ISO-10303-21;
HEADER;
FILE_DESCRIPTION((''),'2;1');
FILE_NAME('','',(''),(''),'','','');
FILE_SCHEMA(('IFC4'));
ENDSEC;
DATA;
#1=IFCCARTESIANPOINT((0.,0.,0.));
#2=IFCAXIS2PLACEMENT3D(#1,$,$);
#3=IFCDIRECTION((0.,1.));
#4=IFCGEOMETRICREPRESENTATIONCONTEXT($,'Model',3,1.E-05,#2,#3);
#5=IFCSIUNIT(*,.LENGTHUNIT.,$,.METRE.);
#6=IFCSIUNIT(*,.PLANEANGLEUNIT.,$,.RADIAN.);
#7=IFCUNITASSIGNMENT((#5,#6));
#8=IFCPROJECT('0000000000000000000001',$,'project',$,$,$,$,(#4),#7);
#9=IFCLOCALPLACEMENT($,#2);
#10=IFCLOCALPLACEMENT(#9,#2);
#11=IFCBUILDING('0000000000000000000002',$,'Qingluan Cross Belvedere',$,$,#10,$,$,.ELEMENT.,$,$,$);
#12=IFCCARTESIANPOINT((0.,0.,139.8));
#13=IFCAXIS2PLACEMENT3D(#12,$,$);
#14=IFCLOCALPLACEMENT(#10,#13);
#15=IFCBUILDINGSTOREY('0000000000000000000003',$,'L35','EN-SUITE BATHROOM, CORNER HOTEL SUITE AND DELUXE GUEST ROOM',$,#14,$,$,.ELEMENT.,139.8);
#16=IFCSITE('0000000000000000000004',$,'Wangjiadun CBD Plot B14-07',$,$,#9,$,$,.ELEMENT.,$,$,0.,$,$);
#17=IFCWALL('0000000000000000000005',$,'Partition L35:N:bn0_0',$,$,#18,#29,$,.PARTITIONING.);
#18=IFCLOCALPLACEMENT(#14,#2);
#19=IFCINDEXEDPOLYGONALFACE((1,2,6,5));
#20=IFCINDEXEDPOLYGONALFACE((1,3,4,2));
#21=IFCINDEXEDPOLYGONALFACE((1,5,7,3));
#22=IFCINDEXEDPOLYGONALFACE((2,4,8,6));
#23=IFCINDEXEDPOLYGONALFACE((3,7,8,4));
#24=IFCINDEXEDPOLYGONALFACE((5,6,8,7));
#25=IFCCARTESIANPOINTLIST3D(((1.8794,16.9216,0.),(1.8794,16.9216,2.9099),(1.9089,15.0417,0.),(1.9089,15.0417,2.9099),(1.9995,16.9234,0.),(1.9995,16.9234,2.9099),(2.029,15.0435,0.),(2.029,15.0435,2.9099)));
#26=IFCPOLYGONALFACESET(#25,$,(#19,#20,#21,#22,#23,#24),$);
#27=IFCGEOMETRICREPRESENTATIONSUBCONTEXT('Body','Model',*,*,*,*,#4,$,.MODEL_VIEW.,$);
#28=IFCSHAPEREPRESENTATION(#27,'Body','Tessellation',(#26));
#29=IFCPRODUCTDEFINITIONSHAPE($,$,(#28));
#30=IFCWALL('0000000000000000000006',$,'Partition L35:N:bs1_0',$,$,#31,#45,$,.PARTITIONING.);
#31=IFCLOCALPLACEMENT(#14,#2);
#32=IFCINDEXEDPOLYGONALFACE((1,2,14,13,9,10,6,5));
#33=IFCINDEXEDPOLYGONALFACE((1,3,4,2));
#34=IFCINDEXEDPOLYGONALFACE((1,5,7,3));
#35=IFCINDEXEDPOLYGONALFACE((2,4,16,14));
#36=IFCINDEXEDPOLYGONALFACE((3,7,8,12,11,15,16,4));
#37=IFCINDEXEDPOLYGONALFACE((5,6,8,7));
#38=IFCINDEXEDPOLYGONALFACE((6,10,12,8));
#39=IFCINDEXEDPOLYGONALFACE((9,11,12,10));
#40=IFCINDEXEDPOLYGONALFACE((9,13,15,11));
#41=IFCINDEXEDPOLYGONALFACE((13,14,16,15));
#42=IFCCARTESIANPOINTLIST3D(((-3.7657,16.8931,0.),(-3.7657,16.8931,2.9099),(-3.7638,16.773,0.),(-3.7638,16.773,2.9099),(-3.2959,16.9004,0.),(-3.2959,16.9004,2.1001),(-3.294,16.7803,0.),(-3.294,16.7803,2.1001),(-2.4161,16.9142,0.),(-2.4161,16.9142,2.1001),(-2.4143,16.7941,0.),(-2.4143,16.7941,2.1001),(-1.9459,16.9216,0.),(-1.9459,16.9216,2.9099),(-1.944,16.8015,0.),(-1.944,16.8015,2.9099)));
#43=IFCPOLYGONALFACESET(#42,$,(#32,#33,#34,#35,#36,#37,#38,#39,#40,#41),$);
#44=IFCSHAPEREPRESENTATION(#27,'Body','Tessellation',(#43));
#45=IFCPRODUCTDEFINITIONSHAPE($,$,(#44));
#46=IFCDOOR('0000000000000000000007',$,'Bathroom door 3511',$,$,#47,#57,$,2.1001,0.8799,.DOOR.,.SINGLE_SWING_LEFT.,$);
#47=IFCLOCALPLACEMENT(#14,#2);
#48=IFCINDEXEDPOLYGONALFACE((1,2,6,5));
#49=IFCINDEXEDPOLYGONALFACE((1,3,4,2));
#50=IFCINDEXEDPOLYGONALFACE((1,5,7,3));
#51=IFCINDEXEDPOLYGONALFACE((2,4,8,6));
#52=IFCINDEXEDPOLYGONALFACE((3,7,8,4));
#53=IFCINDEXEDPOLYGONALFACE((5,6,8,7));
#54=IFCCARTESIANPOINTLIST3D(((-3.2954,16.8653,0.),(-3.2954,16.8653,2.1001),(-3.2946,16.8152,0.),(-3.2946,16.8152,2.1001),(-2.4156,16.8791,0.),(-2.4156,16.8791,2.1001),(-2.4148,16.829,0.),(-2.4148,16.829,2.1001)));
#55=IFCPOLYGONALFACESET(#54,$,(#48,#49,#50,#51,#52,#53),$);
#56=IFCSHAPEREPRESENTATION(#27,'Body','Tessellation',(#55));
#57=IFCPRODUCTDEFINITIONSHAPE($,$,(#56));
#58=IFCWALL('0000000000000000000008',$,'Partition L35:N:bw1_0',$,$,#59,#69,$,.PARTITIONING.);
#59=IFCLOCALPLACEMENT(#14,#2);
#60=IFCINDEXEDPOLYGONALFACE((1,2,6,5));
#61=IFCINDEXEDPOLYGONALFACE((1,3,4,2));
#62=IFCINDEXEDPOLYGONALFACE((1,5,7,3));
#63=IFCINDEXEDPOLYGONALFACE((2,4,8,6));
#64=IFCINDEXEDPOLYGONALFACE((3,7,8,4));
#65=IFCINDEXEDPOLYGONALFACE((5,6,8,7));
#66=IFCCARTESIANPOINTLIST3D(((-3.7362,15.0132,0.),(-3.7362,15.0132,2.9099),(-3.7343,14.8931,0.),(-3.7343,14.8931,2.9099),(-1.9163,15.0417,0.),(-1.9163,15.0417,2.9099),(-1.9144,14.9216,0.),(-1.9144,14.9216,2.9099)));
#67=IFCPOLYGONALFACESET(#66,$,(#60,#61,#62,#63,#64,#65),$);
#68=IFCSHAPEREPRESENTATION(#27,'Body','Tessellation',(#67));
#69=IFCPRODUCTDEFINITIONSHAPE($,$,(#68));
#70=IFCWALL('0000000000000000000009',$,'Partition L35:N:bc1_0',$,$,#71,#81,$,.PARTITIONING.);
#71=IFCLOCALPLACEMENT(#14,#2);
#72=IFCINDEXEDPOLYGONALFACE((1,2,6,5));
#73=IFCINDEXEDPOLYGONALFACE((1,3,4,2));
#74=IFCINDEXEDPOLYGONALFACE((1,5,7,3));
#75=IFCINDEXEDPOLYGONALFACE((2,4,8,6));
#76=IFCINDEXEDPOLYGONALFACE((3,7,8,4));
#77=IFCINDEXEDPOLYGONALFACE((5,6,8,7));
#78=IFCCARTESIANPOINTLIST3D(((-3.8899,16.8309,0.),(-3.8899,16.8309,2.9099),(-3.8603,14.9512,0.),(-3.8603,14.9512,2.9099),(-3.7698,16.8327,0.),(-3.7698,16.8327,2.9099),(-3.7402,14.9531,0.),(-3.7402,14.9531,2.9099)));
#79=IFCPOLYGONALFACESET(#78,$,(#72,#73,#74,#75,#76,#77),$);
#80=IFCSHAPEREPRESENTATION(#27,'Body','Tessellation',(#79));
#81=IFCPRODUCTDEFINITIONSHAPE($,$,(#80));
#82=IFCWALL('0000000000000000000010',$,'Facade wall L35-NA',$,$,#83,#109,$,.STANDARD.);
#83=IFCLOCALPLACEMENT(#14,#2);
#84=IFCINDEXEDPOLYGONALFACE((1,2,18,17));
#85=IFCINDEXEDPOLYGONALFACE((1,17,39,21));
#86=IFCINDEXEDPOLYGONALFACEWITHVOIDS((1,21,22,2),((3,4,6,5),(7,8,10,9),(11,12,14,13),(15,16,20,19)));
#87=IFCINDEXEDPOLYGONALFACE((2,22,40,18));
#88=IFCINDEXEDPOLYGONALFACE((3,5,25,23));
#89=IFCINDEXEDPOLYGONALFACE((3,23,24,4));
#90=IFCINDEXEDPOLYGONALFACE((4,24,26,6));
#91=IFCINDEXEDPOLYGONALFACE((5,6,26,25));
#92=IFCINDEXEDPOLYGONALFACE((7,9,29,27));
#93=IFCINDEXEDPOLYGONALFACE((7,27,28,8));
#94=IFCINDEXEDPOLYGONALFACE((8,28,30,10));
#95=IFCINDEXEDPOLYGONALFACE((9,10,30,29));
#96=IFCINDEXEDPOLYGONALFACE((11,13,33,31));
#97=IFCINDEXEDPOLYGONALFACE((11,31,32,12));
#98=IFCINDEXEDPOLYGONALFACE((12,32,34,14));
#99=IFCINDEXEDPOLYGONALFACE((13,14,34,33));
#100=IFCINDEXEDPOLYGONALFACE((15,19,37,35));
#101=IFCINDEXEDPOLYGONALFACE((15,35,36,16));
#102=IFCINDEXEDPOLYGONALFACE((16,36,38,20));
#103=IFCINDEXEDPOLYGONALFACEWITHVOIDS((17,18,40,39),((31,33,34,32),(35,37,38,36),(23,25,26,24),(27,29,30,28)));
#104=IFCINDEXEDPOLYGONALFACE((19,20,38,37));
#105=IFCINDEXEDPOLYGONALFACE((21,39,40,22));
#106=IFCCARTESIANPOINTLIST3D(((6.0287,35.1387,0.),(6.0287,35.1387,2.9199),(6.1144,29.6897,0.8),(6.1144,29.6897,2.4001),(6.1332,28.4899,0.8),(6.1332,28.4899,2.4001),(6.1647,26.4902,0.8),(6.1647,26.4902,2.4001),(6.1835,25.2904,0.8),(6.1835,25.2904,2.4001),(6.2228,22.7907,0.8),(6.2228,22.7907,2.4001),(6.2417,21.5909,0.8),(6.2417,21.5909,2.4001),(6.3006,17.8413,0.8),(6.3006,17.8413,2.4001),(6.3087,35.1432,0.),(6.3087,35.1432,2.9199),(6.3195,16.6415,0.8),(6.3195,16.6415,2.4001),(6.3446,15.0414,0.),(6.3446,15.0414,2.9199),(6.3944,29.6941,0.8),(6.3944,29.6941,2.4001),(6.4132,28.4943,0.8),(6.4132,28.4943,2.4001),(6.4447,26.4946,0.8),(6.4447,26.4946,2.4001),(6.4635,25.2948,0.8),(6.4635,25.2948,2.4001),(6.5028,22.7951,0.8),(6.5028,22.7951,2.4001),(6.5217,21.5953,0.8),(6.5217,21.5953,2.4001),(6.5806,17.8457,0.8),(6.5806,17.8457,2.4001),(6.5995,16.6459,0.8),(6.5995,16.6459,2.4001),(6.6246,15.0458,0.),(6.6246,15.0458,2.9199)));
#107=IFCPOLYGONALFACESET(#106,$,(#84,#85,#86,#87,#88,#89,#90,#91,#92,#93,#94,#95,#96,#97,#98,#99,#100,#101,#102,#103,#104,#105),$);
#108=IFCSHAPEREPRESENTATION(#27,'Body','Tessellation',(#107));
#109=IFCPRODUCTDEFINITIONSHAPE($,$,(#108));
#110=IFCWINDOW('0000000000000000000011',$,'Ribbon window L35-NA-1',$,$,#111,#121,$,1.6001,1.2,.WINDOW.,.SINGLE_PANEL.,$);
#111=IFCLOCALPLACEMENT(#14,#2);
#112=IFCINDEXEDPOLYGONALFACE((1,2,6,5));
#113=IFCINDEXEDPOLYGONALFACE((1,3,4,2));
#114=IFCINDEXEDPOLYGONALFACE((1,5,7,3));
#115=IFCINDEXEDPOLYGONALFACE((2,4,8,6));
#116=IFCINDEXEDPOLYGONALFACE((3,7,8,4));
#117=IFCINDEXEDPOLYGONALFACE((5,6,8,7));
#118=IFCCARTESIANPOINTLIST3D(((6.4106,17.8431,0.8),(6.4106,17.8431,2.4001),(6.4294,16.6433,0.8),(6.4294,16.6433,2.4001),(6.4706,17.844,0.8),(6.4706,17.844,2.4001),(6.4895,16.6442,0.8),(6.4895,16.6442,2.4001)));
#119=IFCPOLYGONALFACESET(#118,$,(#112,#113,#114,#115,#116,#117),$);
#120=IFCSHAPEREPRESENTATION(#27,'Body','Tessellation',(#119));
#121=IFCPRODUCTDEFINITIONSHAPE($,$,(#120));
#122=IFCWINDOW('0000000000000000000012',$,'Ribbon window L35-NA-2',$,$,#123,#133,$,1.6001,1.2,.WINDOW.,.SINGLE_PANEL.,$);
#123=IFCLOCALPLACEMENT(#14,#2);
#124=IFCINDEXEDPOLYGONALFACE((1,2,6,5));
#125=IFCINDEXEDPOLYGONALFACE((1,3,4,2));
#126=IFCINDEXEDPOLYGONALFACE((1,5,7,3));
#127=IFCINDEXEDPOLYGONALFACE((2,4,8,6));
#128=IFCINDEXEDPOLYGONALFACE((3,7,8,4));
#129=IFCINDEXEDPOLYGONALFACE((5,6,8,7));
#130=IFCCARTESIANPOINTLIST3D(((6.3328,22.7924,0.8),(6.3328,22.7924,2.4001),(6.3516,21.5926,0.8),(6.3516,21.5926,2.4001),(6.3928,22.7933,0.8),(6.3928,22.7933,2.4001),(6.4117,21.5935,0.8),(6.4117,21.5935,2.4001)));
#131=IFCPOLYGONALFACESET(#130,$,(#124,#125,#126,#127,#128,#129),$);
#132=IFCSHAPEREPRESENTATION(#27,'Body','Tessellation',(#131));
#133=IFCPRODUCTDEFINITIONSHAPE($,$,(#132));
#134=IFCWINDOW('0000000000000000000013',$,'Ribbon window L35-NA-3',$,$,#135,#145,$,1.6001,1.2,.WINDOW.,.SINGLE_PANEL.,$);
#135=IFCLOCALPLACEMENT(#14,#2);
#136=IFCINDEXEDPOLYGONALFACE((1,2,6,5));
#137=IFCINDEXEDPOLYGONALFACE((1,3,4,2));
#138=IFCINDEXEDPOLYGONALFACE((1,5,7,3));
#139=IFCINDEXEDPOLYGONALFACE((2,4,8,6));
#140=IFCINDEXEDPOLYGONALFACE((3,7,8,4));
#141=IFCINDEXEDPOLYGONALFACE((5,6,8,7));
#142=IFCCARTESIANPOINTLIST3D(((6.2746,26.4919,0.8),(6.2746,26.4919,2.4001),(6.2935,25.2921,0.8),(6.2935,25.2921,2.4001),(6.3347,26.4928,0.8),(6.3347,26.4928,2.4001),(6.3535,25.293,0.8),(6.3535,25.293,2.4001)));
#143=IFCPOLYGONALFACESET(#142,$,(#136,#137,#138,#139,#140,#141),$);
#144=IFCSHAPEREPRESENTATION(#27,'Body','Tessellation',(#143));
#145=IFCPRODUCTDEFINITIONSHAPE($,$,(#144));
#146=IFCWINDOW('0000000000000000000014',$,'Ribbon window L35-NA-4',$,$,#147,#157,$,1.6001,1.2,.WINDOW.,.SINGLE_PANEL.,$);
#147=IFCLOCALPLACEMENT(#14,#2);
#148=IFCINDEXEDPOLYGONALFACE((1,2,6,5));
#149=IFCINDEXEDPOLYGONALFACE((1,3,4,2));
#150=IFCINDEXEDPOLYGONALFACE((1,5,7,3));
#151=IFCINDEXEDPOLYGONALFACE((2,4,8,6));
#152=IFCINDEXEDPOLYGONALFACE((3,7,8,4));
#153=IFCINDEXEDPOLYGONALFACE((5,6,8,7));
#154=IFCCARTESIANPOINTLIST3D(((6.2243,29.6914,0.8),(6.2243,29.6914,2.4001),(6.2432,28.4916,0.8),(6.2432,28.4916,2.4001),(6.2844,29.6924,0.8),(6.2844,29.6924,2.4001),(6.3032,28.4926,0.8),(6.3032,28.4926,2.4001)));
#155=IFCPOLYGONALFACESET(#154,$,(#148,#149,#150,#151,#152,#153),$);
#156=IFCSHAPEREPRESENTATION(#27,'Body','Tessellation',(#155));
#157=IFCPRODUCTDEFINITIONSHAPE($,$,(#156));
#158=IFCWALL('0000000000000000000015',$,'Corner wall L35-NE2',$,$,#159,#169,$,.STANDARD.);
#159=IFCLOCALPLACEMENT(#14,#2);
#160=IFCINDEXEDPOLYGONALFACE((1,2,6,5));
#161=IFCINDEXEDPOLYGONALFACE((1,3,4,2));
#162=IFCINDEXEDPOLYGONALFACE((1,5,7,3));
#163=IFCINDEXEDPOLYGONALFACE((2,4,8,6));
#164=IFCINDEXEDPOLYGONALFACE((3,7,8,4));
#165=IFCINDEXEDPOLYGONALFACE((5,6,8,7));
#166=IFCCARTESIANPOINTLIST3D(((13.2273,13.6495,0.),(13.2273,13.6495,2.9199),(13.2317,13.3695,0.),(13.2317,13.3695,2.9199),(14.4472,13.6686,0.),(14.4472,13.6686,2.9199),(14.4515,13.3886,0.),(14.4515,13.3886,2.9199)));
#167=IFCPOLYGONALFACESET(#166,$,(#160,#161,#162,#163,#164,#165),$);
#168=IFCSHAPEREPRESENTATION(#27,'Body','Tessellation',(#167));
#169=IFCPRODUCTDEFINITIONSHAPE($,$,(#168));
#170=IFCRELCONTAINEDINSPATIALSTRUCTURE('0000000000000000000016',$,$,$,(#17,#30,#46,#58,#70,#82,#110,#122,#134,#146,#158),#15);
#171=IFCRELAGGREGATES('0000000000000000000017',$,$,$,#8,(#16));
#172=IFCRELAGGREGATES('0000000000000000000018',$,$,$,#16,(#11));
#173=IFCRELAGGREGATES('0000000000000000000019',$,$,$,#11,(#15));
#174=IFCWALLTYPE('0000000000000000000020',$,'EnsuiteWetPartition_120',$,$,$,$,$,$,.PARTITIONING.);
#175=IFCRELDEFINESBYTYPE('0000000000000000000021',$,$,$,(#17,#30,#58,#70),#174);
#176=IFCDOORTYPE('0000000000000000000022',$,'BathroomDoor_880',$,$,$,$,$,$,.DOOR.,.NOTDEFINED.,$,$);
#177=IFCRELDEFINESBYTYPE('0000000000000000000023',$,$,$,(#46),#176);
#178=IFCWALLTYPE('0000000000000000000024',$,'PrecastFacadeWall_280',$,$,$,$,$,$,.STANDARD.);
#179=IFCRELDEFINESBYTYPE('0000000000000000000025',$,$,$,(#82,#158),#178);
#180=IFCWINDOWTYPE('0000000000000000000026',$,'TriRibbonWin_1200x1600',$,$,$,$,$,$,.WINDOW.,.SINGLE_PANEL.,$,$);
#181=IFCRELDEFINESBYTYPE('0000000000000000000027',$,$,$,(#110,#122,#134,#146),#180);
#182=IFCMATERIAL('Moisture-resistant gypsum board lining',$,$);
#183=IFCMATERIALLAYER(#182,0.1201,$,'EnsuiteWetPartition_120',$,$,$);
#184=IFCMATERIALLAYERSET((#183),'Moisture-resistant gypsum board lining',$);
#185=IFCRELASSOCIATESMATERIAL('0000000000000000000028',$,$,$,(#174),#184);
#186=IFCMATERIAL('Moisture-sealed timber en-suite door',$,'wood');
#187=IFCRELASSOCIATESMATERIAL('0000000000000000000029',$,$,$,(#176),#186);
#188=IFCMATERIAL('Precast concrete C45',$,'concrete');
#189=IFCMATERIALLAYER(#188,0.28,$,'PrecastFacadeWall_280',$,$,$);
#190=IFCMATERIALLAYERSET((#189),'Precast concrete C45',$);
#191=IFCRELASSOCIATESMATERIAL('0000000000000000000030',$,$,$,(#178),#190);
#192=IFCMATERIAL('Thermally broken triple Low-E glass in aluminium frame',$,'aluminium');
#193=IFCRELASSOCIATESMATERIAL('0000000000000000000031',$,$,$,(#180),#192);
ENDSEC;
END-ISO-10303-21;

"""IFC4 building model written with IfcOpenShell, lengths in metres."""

from ifc_helpers import new_model, si_unit, direction, frame, frame_2d, origin, place, context, subcontext, project, spatial, rectangle, extrude, material, layer, layer_set, type_object, element, fill, save


model = new_model("IFC4")

# Units and contexts
model_context = context("Model", 3, precision=1e-05, world=origin(), true_north=direction((0.0, 1.0)))
body_context = subcontext(model_context, "Body", "Model", "MODEL_VIEW")
ifc_project = project(units=[si_unit("LENGTHUNIT", "METRE"), si_unit("PLANEANGLEUNIT", "RADIAN")], contexts=[model_context])

# Site, building, storey
site_placement = place(None, origin())
site = spatial("IfcSite", under=ifc_project, at=site_placement, Name="Wangjiadun CBD Plot B14-07", CompositionType="ELEMENT", RefElevation=0.0)
building_placement = place(site_placement, origin())
building = spatial("IfcBuilding", under=site, at=building_placement, Name="Qingluan Cross Belvedere", CompositionType="ELEMENT")
storey_placement = place(building_placement, frame((0.0, 0.0, 139.8)))
storey = spatial("IfcBuildingStorey", under=building, at=storey_placement, Name="L35", Description="EN-SUITE BATHROOM, CORNER HOTEL SUITE AND DELUXE GUEST ROOM", CompositionType="ELEMENT", Elevation=139.8)

# Shared definitions
ifc_material_1 = material(Name="Moisture-resistant gypsum board lining")
ifc_layer_1 = layer(ifc_material_1, 0.1201, Name="EnsuiteWetPartition_120")
ifc_layer_set_1 = layer_set([ifc_layer_1], Name="Moisture-resistant gypsum board lining")
wall_type_1 = type_object("IfcWallType", Name="EnsuiteWetPartition_120", PredefinedType="PARTITIONING", material=ifc_layer_set_1)
ifc_material_2 = material(Name="Moisture-sealed timber en-suite door", Category="wood")
door_type_1 = type_object("IfcDoorType", Name="BathroomDoor_880", OperationType="NOTDEFINED", PredefinedType="DOOR", material=ifc_material_2)

# Wall
wall_1_placement = place(storey_placement, frame((1.969, 15.0427, 0.0), z_axis=(0.0, 0.0, 1.0), x_axis=(-0.015712, 0.999877, 0.0)))
element("IfcWall", 1, at=wall_1_placement, inside=storey, type_object=wall_type_1, Name="Partition L35:N:bn0_0", PredefinedType="PARTITIONING", context=body_context, shape_type="SweptSolid", body=[
    extrude(rectangle(XDim=1.8801, YDim=0.1201, at=frame_2d((0.9399, 0.0))), origin(), (0.0, 0.0, 1.0), 2.9099),
])

# Wall, opening, door
wall_2_placement = place(storey_placement, frame((-3.7649, 16.833, 0.0), z_axis=(0.0, 0.0, 1.0), x_axis=(0.999877, 0.015694, 0.0)))
wall_2 = element("IfcWall", 2, at=wall_2_placement, inside=storey, type_object=wall_type_1, Name="Partition L35:N:bs1_0", PredefinedType="PARTITIONING", context=body_context, shape_type="SweptSolid", body=[
    extrude(rectangle(XDim=1.8201, YDim=0.1201, at=frame_2d((0.9102, 0.0))), origin(), (0.0, 0.0, 1.0), 2.9099),
])
opening_1_placement = place(wall_2_placement, frame((0.47, 0.0, 0.0)))
opening_1 = element("IfcOpeningElement", 3, at=opening_1_placement, cuts=wall_2, PredefinedType="OPENING", context=body_context, shape_type="SweptSolid", body=[
    extrude(rectangle(XDim=0.8799, YDim=2.1001, at=frame_2d((0.4399, 1.05))), frame((0.0, 0.0701, 0.0), z_axis=(0.0, -1.0, 0.0), x_axis=(1.0, 0.0, 0.0)), (0.0, 0.0, 1.0), 0.1401),
])
door_1_placement = place(opening_1_placement, origin())
door_1 = element("IfcDoor", 4, at=door_1_placement, inside=storey, type_object=door_type_1, Name="Bathroom door 3511", OperationType="SINGLE_SWING_LEFT", OverallHeight=2.1001, OverallWidth=0.8799, PredefinedType="DOOR", context=body_context, shape_type="SweptSolid", body=[
    extrude(rectangle(XDim=0.8799, YDim=2.1001, at=frame_2d((0.4399, 1.05))), frame((0.0, 0.0249, 0.0), z_axis=(0.0, -1.0, 0.0), x_axis=(1.0, 0.0, 0.0)), (0.0, 0.0, 1.0), 0.05),
])
fill(opening_1, door_1)

# Walls
wall_3_placement = place(storey_placement, frame((-3.7354, 14.9531, 0.0), z_axis=(0.0, 0.0, 1.0), x_axis=(0.999877, 0.015694, 0.0)))
element("IfcWall", 5, at=wall_3_placement, inside=storey, type_object=wall_type_1, Name="Partition L35:N:bw1_0", PredefinedType="PARTITIONING", context=body_context, shape_type="SweptSolid", body=[
    extrude(rectangle(XDim=1.8201, YDim=0.1201, at=frame_2d((0.9102, 0.0))), origin(), (0.0, 0.0, 1.0), 2.9099),
])
wall_4_placement = place(storey_placement, frame((-3.8003, 14.9521, 0.0), z_axis=(0.0, 0.0, 1.0), x_axis=(-0.015714, 0.999877, 0.0)))
element("IfcWall", 6, at=wall_4_placement, inside=storey, type_object=wall_type_1, Name="Partition L35:N:bc1_0", PredefinedType="PARTITIONING", context=body_context, shape_type="SweptSolid", body=[
    extrude(rectangle(XDim=1.8799, YDim=0.1201, at=frame_2d((0.9399, 0.0))), origin(), (0.0, 0.0, 1.0), 2.9099),
])

# Wall, openings, windows
ifc_material_3 = material(Name="Precast concrete C45", Category="concrete")
ifc_layer_2 = layer(ifc_material_3, 0.28, Name="PrecastFacadeWall_280")
ifc_layer_set_2 = layer_set([ifc_layer_2], Name="Precast concrete C45")
wall_type_2 = type_object("IfcWallType", Name="PrecastFacadeWall_280", PredefinedType="STANDARD", material=ifc_layer_set_2)
wall_5_placement = place(storey_placement, frame((6.4846, 15.0437, 0.0), z_axis=(0.0, 0.0, 1.0), x_axis=(-0.015717, 0.999876, 0.0)))
wall_5 = element("IfcWall", 7, at=wall_5_placement, inside=storey, type_object=wall_type_2, Name="Facade wall L35-NA", PredefinedType="STANDARD", context=body_context, shape_type="SweptSolid", body=[
    extrude(rectangle(XDim=20.0999, YDim=0.28, at=frame_2d((10.0498, 0.0))), origin(), (0.0, 0.0, 1.0), 2.9199),
])
opening_2_placement = place(wall_5_placement, frame((1.6001, 0.0, 0.8)))
opening_2 = element("IfcOpeningElement", 8, at=opening_2_placement, cuts=wall_5, PredefinedType="OPENING", context=body_context, shape_type="SweptSolid", body=[
    extrude(rectangle(XDim=1.2, YDim=1.6001, at=frame_2d((0.6001, 0.8))), frame((0.0, 0.1499, 0.0), z_axis=(0.0, -1.0, 0.0), x_axis=(1.0, 0.0, 0.0)), (0.0, 0.0, 1.0), 0.3),
])
opening_3_placement = place(wall_5_placement, frame((6.55, 0.0, 0.8)))
opening_3 = element("IfcOpeningElement", 9, at=opening_3_placement, cuts=wall_5, PredefinedType="OPENING", context=body_context, shape_type="SweptSolid", body=[
    extrude(rectangle(XDim=1.2, YDim=1.6001, at=frame_2d((0.6001, 0.8))), frame((0.0, 0.1499, 0.0), z_axis=(0.0, -1.0, 0.0), x_axis=(1.0, 0.0, 0.0)), (0.0, 0.0, 1.0), 0.3),
])
opening_4_placement = place(wall_5_placement, frame((10.25, 0.0, 0.8)))
opening_4 = element("IfcOpeningElement", 10, at=opening_4_placement, cuts=wall_5, PredefinedType="OPENING", context=body_context, shape_type="SweptSolid", body=[
    extrude(rectangle(XDim=1.2, YDim=1.6001, at=frame_2d((0.6001, 0.8))), frame((0.0, 0.1499, 0.0), z_axis=(0.0, -1.0, 0.0), x_axis=(1.0, 0.0, 0.0)), (0.0, 0.0, 1.0), 0.3),
])
opening_5_placement = place(wall_5_placement, frame((13.45, 0.0, 0.8)))
opening_5 = element("IfcOpeningElement", 11, at=opening_5_placement, cuts=wall_5, PredefinedType="OPENING", context=body_context, shape_type="SweptSolid", body=[
    extrude(rectangle(XDim=1.2, YDim=1.6001, at=frame_2d((0.6001, 0.8))), frame((0.0, 0.1499, 0.0), z_axis=(0.0, -1.0, 0.0), x_axis=(1.0, 0.0, 0.0)), (0.0, 0.0, 1.0), 0.3),
])
ifc_material_4 = material(Name="Thermally broken triple Low-E glass in aluminium frame", Category="aluminium")
window_type = type_object("IfcWindowType", Name="TriRibbonWin_1200x1600", PartitioningType="SINGLE_PANEL", PredefinedType="WINDOW", material=ifc_material_4)
window_1_placement = place(opening_2_placement, origin())
window_1 = element("IfcWindow", 12, at=window_1_placement, inside=storey, type_object=window_type, Name="Ribbon window L35-NA-1", OverallHeight=1.6001, OverallWidth=1.2, PartitioningType="SINGLE_PANEL", PredefinedType="WINDOW", context=body_context, shape_type="SweptSolid", body=[
    extrude(rectangle(XDim=1.2, YDim=1.6001, at=frame_2d((0.6001, 0.8))), frame((0.0, 0.03, 0.0), z_axis=(0.0, -1.0, 0.0), x_axis=(1.0, 0.0, 0.0)), (0.0, 0.0, 1.0), 0.0601),
])
fill(opening_2, window_1)
window_2_placement = place(opening_3_placement, origin())
window_2 = element("IfcWindow", 13, at=window_2_placement, inside=storey, type_object=window_type, Name="Ribbon window L35-NA-2", OverallHeight=1.6001, OverallWidth=1.2, PartitioningType="SINGLE_PANEL", PredefinedType="WINDOW", context=body_context, shape_type="SweptSolid", body=[
    extrude(rectangle(XDim=1.2, YDim=1.6001, at=frame_2d((0.6001, 0.8))), frame((0.0, 0.03, 0.0), z_axis=(0.0, -1.0, 0.0), x_axis=(1.0, 0.0, 0.0)), (0.0, 0.0, 1.0), 0.0601),
])
fill(opening_3, window_2)
window_3_placement = place(opening_4_placement, origin())
window_3 = element("IfcWindow", 14, at=window_3_placement, inside=storey, type_object=window_type, Name="Ribbon window L35-NA-3", OverallHeight=1.6001, OverallWidth=1.2, PartitioningType="SINGLE_PANEL", PredefinedType="WINDOW", context=body_context, shape_type="SweptSolid", body=[
    extrude(rectangle(XDim=1.2, YDim=1.6001, at=frame_2d((0.6001, 0.8))), frame((0.0, 0.03, 0.0), z_axis=(0.0, -1.0, 0.0), x_axis=(1.0, 0.0, 0.0)), (0.0, 0.0, 1.0), 0.0601),
])
fill(opening_4, window_3)
window_4_placement = place(opening_5_placement, origin())
window_4 = element("IfcWindow", 15, at=window_4_placement, inside=storey, type_object=window_type, Name="Ribbon window L35-NA-4", OverallHeight=1.6001, OverallWidth=1.2, PartitioningType="SINGLE_PANEL", PredefinedType="WINDOW", context=body_context, shape_type="SweptSolid", body=[
    extrude(rectangle(XDim=1.2, YDim=1.6001, at=frame_2d((0.6001, 0.8))), frame((0.0, 0.03, 0.0), z_axis=(0.0, -1.0, 0.0), x_axis=(1.0, 0.0, 0.0)), (0.0, 0.0, 1.0), 0.0601),
])
fill(opening_5, window_4)

# Wall
wall_6_placement = place(storey_placement, frame((14.4492, 13.5286, 0.0), z_axis=(0.0, 0.0, 1.0), x_axis=(-0.999878, -0.015611, 0.0)))
element("IfcWall", 16, at=wall_6_placement, inside=storey, type_object=wall_type_2, Name="Corner wall L35-NE2", PredefinedType="STANDARD", context=body_context, shape_type="SweptSolid", body=[
    extrude(rectangle(XDim=1.22, YDim=0.28, at=frame_2d((0.6099, 0.0))), origin(), (0.0, 0.0, 1.0), 2.9199),
])

save(model, "model.ifc")
